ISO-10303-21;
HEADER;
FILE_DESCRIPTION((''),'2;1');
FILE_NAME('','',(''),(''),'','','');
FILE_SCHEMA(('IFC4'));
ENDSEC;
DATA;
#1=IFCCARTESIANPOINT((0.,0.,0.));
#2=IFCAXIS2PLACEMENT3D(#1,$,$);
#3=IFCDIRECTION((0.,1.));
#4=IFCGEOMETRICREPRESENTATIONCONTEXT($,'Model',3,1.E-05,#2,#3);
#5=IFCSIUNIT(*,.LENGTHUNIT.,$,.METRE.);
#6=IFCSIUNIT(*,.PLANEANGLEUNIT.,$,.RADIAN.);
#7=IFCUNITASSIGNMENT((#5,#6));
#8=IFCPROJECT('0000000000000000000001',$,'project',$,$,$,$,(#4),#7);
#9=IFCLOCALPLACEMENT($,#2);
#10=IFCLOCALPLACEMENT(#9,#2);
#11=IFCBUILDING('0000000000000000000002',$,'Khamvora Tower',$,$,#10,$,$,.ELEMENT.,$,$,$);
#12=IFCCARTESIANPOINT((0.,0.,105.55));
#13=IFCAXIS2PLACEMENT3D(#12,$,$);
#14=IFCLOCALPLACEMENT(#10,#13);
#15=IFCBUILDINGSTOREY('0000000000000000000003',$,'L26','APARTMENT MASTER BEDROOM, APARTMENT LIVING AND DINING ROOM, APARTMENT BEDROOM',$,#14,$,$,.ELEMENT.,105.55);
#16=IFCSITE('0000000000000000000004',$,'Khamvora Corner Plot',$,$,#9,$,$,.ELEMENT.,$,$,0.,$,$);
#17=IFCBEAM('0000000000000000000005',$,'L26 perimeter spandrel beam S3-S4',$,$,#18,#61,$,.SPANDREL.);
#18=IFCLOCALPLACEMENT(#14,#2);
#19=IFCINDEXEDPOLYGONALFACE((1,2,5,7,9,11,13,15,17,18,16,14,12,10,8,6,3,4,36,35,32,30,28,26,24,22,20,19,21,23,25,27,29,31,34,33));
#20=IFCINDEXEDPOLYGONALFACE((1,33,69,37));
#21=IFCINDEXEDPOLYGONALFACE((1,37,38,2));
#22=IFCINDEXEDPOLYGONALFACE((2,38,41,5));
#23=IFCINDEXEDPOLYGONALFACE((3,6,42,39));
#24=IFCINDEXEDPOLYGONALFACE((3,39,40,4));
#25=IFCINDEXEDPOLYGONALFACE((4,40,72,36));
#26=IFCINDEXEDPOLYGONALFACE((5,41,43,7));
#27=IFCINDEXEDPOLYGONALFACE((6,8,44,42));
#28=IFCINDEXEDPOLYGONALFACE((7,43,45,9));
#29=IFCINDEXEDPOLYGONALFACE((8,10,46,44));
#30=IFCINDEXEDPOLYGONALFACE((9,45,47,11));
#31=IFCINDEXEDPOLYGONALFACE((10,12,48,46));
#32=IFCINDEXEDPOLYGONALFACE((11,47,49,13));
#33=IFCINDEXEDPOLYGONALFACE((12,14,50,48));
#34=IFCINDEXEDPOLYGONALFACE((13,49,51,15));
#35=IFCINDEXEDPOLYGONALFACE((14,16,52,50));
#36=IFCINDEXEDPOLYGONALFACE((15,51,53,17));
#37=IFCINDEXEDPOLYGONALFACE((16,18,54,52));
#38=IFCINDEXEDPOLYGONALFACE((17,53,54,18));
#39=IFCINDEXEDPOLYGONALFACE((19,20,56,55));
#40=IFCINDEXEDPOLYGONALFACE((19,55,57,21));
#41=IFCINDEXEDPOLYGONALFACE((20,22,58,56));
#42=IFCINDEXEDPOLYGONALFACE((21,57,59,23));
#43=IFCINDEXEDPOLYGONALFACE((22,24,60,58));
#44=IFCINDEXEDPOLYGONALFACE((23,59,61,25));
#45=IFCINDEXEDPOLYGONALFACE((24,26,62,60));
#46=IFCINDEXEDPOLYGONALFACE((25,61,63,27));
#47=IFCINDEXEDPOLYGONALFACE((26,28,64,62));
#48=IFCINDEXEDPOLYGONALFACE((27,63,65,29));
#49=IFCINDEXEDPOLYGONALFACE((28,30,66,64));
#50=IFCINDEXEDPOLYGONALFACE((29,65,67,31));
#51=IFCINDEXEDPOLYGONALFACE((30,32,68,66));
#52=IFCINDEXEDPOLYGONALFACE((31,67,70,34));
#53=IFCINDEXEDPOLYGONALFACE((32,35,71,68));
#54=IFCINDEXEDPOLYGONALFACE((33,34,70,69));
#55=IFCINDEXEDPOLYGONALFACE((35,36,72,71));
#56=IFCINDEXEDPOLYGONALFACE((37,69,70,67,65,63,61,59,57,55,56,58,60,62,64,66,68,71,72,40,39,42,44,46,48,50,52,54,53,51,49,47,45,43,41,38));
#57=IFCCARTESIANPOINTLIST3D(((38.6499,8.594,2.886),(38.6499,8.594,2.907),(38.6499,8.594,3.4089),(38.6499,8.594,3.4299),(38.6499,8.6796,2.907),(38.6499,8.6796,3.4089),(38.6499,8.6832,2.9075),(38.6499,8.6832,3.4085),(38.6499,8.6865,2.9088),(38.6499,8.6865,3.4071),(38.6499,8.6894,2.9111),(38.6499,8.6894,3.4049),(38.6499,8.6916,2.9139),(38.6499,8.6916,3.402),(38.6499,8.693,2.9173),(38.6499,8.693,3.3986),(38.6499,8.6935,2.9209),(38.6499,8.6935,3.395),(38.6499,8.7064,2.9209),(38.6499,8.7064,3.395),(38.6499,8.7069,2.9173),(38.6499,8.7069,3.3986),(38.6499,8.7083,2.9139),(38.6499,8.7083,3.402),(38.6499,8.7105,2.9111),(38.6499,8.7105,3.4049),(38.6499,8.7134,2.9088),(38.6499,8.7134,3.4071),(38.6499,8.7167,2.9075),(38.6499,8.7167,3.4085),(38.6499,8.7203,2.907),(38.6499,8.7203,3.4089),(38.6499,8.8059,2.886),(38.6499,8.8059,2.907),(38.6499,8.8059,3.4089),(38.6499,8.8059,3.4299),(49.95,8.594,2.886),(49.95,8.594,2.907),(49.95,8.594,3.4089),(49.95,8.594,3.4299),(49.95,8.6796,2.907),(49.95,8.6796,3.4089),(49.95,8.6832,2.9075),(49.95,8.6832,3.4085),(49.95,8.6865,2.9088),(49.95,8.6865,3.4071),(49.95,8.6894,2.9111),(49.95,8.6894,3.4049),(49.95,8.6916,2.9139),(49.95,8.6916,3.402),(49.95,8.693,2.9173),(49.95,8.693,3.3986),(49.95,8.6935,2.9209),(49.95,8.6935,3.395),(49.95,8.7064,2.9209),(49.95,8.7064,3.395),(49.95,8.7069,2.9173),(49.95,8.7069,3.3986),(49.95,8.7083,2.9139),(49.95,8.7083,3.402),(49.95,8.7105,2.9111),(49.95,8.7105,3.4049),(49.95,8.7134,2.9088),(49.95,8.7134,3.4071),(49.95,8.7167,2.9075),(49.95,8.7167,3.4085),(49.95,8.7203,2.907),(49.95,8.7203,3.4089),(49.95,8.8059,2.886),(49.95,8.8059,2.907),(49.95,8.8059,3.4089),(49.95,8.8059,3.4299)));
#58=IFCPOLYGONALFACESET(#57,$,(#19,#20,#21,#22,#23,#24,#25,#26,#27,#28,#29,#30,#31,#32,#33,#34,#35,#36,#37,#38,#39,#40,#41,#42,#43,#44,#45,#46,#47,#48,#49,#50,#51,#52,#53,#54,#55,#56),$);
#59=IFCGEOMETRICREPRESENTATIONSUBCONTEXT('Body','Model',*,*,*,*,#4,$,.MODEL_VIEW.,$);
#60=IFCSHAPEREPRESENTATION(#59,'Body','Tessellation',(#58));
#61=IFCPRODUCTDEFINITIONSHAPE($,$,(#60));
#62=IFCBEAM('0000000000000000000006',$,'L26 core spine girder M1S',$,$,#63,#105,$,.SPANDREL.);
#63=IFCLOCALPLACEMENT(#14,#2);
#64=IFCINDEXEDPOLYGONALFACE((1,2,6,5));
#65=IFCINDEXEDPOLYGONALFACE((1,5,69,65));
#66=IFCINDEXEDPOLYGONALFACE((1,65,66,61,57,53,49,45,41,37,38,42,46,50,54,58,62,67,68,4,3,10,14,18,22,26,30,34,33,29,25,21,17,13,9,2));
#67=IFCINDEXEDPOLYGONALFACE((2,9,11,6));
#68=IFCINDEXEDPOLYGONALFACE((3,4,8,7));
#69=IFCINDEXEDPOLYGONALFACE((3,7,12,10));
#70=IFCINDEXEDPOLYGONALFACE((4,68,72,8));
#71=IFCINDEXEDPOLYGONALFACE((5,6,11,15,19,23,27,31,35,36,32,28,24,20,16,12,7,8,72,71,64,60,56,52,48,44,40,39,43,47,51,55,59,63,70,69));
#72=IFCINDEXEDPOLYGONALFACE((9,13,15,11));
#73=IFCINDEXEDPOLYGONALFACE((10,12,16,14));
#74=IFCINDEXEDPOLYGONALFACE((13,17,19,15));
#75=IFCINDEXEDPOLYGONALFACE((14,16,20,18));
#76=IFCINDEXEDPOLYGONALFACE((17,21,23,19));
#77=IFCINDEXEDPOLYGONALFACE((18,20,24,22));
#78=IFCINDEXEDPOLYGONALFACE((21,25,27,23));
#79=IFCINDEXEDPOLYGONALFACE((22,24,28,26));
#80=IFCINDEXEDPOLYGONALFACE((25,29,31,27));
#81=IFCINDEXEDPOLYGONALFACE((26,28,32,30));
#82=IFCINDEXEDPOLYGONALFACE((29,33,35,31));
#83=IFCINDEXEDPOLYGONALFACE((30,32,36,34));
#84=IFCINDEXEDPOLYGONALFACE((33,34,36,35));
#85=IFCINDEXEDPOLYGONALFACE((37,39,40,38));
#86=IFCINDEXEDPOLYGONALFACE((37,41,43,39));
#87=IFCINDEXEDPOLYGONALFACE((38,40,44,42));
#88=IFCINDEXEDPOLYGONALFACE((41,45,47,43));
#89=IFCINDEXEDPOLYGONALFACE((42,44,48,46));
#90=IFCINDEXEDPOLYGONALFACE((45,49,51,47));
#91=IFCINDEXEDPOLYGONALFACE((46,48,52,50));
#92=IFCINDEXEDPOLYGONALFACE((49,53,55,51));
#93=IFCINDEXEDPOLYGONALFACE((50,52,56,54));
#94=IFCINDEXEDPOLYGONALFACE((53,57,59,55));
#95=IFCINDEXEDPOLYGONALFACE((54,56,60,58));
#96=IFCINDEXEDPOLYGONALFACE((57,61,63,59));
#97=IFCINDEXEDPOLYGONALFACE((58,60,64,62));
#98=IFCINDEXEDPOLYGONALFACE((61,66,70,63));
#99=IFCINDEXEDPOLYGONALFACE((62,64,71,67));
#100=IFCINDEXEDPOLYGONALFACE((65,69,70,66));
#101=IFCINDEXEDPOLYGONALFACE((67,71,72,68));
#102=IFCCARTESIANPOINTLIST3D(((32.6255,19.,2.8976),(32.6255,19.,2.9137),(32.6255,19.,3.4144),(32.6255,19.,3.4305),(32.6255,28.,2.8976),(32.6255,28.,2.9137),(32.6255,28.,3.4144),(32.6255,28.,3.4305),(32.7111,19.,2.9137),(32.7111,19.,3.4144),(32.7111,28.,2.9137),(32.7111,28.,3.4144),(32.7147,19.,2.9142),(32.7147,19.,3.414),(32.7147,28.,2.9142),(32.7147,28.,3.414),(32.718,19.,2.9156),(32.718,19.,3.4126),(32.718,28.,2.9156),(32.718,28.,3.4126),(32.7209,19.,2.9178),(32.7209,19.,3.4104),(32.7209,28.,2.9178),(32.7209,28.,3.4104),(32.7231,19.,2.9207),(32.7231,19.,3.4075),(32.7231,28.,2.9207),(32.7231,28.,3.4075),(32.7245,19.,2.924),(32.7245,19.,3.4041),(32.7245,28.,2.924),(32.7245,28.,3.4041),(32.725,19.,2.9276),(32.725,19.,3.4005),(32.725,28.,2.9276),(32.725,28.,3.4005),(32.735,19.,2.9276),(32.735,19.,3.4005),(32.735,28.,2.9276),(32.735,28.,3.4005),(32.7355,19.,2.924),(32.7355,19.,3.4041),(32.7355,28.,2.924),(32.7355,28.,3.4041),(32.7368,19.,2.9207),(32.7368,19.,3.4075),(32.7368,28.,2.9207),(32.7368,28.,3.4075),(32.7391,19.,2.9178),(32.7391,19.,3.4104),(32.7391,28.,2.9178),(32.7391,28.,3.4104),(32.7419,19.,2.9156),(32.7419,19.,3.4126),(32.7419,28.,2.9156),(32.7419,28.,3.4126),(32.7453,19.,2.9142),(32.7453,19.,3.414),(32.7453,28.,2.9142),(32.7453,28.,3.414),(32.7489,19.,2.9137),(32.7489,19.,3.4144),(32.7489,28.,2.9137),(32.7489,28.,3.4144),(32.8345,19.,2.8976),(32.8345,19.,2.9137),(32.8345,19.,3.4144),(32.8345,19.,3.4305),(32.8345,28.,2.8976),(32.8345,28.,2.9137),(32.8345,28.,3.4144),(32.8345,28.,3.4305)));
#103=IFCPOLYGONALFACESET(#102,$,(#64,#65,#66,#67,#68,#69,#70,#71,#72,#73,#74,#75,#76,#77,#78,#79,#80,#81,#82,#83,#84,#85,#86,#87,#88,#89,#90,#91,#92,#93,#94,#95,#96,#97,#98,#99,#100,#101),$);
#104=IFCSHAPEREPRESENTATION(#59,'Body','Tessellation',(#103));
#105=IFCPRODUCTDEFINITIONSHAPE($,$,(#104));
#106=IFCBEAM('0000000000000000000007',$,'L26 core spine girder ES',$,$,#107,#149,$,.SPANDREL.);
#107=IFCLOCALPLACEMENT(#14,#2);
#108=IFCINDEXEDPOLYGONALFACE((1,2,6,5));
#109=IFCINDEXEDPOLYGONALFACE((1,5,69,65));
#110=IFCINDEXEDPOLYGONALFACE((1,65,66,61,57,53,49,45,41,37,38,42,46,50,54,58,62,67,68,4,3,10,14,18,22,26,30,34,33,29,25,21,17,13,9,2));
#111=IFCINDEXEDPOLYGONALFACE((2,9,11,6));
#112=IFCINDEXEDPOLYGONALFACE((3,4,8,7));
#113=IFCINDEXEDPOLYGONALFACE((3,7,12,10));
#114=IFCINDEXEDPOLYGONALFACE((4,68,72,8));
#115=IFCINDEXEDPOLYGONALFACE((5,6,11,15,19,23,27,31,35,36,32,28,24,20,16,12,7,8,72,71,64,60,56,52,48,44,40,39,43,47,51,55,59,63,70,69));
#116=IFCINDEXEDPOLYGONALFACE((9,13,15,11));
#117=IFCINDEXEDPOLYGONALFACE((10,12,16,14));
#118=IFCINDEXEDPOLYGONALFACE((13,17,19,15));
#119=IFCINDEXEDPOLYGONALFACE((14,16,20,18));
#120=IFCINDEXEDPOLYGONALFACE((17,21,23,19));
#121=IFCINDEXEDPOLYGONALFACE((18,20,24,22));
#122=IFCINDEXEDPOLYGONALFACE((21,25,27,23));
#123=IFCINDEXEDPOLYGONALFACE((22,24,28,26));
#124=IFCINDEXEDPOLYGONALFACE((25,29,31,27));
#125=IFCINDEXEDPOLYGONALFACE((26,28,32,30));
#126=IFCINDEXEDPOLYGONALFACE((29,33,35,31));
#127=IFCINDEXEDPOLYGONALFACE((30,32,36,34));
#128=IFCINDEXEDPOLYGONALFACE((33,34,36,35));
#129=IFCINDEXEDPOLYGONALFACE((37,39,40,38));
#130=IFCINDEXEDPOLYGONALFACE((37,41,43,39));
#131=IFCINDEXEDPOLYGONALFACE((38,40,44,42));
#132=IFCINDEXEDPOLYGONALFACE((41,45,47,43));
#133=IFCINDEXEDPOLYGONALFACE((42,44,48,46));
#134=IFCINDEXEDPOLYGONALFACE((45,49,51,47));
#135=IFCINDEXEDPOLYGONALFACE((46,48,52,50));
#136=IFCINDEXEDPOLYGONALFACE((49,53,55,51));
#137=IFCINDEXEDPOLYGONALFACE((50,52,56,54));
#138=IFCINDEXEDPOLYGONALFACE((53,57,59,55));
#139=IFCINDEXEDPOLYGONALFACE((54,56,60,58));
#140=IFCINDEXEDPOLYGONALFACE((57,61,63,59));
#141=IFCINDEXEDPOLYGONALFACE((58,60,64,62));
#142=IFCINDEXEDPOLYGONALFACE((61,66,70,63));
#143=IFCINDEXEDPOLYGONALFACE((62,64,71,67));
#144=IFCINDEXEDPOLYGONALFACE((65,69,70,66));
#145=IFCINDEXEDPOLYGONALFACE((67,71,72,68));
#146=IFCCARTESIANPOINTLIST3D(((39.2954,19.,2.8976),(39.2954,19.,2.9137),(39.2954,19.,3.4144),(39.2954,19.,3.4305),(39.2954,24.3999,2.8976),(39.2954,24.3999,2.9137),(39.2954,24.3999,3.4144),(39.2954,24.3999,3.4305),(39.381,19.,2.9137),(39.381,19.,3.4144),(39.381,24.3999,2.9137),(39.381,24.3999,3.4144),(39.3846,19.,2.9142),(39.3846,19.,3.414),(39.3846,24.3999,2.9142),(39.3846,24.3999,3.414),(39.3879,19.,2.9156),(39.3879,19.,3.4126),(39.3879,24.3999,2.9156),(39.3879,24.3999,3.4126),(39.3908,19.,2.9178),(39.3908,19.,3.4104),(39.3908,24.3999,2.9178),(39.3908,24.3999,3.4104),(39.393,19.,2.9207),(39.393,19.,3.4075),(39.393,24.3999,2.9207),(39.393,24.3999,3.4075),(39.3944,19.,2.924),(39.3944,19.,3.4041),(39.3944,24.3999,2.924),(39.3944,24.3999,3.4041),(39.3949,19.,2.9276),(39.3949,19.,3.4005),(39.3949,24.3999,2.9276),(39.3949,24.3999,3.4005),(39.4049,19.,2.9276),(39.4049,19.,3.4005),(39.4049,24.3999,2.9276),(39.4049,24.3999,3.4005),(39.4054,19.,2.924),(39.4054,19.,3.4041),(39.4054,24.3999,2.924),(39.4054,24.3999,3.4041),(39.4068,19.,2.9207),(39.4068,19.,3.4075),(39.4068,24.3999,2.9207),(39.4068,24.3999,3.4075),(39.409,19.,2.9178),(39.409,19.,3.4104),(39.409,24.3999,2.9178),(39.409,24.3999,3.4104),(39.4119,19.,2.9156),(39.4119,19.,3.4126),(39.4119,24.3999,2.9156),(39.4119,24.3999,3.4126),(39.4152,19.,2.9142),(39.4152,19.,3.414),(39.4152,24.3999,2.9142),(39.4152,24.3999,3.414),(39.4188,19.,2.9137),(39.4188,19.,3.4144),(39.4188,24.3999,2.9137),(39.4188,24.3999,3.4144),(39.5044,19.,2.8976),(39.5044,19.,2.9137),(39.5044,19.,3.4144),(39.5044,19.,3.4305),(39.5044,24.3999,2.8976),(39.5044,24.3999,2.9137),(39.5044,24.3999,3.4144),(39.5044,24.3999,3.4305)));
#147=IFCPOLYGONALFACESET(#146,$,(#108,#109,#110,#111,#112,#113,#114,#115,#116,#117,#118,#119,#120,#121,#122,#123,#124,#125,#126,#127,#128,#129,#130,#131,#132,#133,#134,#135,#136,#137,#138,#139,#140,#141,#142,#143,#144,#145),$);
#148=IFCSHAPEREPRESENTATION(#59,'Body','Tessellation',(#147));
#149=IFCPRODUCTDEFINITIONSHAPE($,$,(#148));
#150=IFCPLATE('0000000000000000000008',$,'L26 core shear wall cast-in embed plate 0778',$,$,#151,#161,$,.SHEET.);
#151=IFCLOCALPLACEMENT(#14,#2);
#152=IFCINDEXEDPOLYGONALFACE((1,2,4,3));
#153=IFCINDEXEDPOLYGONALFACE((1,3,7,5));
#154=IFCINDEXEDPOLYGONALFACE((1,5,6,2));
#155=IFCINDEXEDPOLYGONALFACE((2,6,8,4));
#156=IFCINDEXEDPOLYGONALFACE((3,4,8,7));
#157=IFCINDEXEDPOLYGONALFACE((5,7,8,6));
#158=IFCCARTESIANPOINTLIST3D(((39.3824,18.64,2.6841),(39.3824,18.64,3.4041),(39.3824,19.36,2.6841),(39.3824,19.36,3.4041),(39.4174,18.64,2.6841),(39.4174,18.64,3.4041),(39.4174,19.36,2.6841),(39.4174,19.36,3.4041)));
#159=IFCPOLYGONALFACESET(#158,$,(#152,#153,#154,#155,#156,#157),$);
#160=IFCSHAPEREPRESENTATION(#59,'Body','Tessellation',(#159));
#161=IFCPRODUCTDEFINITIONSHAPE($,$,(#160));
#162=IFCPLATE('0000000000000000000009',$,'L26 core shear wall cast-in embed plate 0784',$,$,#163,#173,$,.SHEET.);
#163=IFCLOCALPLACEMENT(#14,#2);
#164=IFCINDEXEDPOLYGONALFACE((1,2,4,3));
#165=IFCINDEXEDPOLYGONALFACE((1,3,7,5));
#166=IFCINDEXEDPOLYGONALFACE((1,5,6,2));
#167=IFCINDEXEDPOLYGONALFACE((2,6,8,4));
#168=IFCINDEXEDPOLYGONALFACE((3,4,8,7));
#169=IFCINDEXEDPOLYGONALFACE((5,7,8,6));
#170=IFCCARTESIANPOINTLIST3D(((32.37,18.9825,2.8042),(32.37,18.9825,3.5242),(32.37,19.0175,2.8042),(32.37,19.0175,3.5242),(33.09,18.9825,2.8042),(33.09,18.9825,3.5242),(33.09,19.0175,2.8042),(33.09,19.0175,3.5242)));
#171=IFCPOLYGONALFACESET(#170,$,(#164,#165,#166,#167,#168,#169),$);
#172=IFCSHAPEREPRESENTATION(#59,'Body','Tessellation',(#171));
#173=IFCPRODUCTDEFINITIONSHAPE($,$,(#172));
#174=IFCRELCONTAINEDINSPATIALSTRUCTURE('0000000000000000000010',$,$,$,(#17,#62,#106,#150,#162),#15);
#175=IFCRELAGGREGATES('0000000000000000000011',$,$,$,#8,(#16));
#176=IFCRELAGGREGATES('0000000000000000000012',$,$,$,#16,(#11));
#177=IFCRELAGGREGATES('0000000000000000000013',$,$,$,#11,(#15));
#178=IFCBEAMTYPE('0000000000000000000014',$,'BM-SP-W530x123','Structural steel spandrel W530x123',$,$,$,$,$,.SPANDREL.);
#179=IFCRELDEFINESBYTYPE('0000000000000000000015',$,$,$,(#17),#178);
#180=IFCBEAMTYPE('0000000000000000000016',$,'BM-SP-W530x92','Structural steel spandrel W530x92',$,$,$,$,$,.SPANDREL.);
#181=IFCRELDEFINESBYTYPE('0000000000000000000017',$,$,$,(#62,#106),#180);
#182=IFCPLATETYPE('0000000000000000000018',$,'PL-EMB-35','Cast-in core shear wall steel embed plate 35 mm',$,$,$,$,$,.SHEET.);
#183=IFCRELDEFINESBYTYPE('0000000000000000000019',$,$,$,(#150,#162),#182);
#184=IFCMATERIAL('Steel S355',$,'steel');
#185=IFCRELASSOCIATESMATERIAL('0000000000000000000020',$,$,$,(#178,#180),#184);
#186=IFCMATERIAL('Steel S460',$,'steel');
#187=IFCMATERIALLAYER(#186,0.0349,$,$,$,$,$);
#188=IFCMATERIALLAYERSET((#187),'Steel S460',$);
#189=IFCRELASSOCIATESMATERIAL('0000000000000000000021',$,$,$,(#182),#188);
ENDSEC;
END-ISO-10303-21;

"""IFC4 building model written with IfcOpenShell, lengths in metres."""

from ifc_helpers import new_model, si_unit, direction, frame, origin, origin_2d, place, context, subcontext, project, spatial, rectangle, i_section, extrude, material, layer, layer_set, material_profile, profile_set, type_object, element, save


model = new_model("IFC4")

# Units and contexts
model_context = context("Model", 3, precision=1e-05, world=origin(), true_north=direction((0.0, 1.0)))
body_context = subcontext(model_context, "Body", "Model", "MODEL_VIEW")
ifc_project = project(units=[si_unit("LENGTHUNIT", "METRE"), si_unit("PLANEANGLEUNIT", "RADIAN")], contexts=[model_context])

# Site, building, storey
site_placement = place(None, origin())
site = spatial("IfcSite", under=ifc_project, at=site_placement, Name="Khamvora Corner Plot", CompositionType="ELEMENT", RefElevation=0.0)
building_placement = place(site_placement, origin())
building = spatial("IfcBuilding", under=site, at=building_placement, Name="Khamvora Tower", CompositionType="ELEMENT")
storey_placement = place(building_placement, frame((0.0, 0.0, 105.55)))
storey = spatial("IfcBuildingStorey", under=building, at=storey_placement, Name="L26", Description="APARTMENT MASTER BEDROOM, APARTMENT LIVING AND DINING ROOM, APARTMENT BEDROOM", CompositionType="ELEMENT", Elevation=105.55)

# Shared definitions
ifc_material_1 = material(Name="Steel S355", Category="steel")
ifc_material_2 = material(Name="Steel S460", Category="steel")

# Beams
ifc_material_profile_1 = material_profile(ifc_material_1, i_section(OverallWidth=0.2119, OverallDepth=0.5439, WebThickness=0.0129, FlangeThickness=0.021, FilletRadius=0.0139, at=origin_2d()), Name="W530x123")
ifc_profile_set_1 = profile_set([ifc_material_profile_1], Name="Steel S355")
beam_type_1 = type_object("IfcBeamType", Name="BM-SP-W530x123", Description="Structural steel spandrel W530x123", PredefinedType="SPANDREL", material=ifc_profile_set_1)
beam_1_placement = place(storey_placement, frame((38.6499, 8.7, 3.158), z_axis=(1.0, 0.0, 0.0), x_axis=(0.0, 1.0, 0.0)))
element("IfcBeam", 1, at=beam_1_placement, inside=storey, type_object=beam_type_1, Name="L26 perimeter spandrel beam S3-S4", PredefinedType="SPANDREL", context=body_context, shape_type="SweptSolid", body=[
    extrude(i_section(OverallWidth=0.2119, OverallDepth=0.5439, WebThickness=0.0129, FlangeThickness=0.021, FilletRadius=0.0139, at=origin_2d()), origin(), (0.0, 0.0, 1.0), 11.3),
])
ifc_material_profile_2 = material_profile(ifc_material_1, i_section(OverallWidth=0.209, OverallDepth=0.533, WebThickness=0.01, FlangeThickness=0.0161, FilletRadius=0.0139, at=origin_2d()), Name="W530x92")
ifc_profile_set_2 = profile_set([ifc_material_profile_2], Name="Steel S355")
beam_type_2 = type_object("IfcBeamType", Name="BM-SP-W530x92", Description="Structural steel spandrel W530x92", PredefinedType="SPANDREL", material=ifc_profile_set_2)
beam_2_placement = place(storey_placement, frame((32.73, 19.0, 3.1641), z_axis=(0.0, 1.0, 0.0), x_axis=(-1.0, 0.0, 0.0)))
element("IfcBeam", 2, at=beam_2_placement, inside=storey, type_object=beam_type_2, Name="L26 core spine girder M1S", PredefinedType="SPANDREL", context=body_context, shape_type="SweptSolid", body=[
    extrude(i_section(OverallWidth=0.209, OverallDepth=0.533, WebThickness=0.01, FlangeThickness=0.0161, FilletRadius=0.0139, at=origin_2d()), origin(), (0.0, 0.0, 1.0), 9.0),
])
beam_3_placement = place(storey_placement, frame((39.3999, 19.0, 3.1641), z_axis=(0.0, 1.0, 0.0), x_axis=(-1.0, 0.0, 0.0)))
element("IfcBeam", 3, at=beam_3_placement, inside=storey, type_object=beam_type_2, Name="L26 core spine girder ES", PredefinedType="SPANDREL", context=body_context, shape_type="SweptSolid", body=[
    extrude(i_section(OverallWidth=0.209, OverallDepth=0.533, WebThickness=0.01, FlangeThickness=0.0161, FilletRadius=0.0139, at=origin_2d()), origin(), (0.0, 0.0, 1.0), 5.3999),
])

# Plates
ifc_layer_1 = layer(ifc_material_2, 0.0349)
ifc_layer_set_1 = layer_set([ifc_layer_1], Name="Steel S460")
plate_type = type_object("IfcPlateType", Name="PL-EMB-35", Description="Cast-in core shear wall steel embed plate 35 mm", PredefinedType="SHEET", material=ifc_layer_set_1)
plate_1_placement = place(storey_placement, frame((39.3999, 19.0, 2.6841), z_axis=(0.0, 0.0, 1.0), x_axis=(1.0, 0.0, 0.0)))
element("IfcPlate", 4, at=plate_1_placement, inside=storey, type_object=plate_type, Name="L26 core shear wall cast-in embed plate 0778", PredefinedType="SHEET", context=body_context, shape_type="SweptSolid", body=[
    extrude(rectangle(XDim=0.0349, YDim=0.72, at=origin_2d()), origin(), (0.0, 0.0, 1.0), 0.72),
])
plate_2_placement = place(storey_placement, frame((32.73, 19.0, 2.8042), z_axis=(0.0, 0.0, 1.0), x_axis=(1.0, 0.0, 0.0)))
element("IfcPlate", 5, at=plate_2_placement, inside=storey, type_object=plate_type, Name="L26 core shear wall cast-in embed plate 0784", PredefinedType="SHEET", context=body_context, shape_type="SweptSolid", body=[
    extrude(rectangle(XDim=0.72, YDim=0.0349, at=origin_2d()), origin(), (0.0, 0.0, 1.0), 0.72),
])

save(model, "model.ifc")
